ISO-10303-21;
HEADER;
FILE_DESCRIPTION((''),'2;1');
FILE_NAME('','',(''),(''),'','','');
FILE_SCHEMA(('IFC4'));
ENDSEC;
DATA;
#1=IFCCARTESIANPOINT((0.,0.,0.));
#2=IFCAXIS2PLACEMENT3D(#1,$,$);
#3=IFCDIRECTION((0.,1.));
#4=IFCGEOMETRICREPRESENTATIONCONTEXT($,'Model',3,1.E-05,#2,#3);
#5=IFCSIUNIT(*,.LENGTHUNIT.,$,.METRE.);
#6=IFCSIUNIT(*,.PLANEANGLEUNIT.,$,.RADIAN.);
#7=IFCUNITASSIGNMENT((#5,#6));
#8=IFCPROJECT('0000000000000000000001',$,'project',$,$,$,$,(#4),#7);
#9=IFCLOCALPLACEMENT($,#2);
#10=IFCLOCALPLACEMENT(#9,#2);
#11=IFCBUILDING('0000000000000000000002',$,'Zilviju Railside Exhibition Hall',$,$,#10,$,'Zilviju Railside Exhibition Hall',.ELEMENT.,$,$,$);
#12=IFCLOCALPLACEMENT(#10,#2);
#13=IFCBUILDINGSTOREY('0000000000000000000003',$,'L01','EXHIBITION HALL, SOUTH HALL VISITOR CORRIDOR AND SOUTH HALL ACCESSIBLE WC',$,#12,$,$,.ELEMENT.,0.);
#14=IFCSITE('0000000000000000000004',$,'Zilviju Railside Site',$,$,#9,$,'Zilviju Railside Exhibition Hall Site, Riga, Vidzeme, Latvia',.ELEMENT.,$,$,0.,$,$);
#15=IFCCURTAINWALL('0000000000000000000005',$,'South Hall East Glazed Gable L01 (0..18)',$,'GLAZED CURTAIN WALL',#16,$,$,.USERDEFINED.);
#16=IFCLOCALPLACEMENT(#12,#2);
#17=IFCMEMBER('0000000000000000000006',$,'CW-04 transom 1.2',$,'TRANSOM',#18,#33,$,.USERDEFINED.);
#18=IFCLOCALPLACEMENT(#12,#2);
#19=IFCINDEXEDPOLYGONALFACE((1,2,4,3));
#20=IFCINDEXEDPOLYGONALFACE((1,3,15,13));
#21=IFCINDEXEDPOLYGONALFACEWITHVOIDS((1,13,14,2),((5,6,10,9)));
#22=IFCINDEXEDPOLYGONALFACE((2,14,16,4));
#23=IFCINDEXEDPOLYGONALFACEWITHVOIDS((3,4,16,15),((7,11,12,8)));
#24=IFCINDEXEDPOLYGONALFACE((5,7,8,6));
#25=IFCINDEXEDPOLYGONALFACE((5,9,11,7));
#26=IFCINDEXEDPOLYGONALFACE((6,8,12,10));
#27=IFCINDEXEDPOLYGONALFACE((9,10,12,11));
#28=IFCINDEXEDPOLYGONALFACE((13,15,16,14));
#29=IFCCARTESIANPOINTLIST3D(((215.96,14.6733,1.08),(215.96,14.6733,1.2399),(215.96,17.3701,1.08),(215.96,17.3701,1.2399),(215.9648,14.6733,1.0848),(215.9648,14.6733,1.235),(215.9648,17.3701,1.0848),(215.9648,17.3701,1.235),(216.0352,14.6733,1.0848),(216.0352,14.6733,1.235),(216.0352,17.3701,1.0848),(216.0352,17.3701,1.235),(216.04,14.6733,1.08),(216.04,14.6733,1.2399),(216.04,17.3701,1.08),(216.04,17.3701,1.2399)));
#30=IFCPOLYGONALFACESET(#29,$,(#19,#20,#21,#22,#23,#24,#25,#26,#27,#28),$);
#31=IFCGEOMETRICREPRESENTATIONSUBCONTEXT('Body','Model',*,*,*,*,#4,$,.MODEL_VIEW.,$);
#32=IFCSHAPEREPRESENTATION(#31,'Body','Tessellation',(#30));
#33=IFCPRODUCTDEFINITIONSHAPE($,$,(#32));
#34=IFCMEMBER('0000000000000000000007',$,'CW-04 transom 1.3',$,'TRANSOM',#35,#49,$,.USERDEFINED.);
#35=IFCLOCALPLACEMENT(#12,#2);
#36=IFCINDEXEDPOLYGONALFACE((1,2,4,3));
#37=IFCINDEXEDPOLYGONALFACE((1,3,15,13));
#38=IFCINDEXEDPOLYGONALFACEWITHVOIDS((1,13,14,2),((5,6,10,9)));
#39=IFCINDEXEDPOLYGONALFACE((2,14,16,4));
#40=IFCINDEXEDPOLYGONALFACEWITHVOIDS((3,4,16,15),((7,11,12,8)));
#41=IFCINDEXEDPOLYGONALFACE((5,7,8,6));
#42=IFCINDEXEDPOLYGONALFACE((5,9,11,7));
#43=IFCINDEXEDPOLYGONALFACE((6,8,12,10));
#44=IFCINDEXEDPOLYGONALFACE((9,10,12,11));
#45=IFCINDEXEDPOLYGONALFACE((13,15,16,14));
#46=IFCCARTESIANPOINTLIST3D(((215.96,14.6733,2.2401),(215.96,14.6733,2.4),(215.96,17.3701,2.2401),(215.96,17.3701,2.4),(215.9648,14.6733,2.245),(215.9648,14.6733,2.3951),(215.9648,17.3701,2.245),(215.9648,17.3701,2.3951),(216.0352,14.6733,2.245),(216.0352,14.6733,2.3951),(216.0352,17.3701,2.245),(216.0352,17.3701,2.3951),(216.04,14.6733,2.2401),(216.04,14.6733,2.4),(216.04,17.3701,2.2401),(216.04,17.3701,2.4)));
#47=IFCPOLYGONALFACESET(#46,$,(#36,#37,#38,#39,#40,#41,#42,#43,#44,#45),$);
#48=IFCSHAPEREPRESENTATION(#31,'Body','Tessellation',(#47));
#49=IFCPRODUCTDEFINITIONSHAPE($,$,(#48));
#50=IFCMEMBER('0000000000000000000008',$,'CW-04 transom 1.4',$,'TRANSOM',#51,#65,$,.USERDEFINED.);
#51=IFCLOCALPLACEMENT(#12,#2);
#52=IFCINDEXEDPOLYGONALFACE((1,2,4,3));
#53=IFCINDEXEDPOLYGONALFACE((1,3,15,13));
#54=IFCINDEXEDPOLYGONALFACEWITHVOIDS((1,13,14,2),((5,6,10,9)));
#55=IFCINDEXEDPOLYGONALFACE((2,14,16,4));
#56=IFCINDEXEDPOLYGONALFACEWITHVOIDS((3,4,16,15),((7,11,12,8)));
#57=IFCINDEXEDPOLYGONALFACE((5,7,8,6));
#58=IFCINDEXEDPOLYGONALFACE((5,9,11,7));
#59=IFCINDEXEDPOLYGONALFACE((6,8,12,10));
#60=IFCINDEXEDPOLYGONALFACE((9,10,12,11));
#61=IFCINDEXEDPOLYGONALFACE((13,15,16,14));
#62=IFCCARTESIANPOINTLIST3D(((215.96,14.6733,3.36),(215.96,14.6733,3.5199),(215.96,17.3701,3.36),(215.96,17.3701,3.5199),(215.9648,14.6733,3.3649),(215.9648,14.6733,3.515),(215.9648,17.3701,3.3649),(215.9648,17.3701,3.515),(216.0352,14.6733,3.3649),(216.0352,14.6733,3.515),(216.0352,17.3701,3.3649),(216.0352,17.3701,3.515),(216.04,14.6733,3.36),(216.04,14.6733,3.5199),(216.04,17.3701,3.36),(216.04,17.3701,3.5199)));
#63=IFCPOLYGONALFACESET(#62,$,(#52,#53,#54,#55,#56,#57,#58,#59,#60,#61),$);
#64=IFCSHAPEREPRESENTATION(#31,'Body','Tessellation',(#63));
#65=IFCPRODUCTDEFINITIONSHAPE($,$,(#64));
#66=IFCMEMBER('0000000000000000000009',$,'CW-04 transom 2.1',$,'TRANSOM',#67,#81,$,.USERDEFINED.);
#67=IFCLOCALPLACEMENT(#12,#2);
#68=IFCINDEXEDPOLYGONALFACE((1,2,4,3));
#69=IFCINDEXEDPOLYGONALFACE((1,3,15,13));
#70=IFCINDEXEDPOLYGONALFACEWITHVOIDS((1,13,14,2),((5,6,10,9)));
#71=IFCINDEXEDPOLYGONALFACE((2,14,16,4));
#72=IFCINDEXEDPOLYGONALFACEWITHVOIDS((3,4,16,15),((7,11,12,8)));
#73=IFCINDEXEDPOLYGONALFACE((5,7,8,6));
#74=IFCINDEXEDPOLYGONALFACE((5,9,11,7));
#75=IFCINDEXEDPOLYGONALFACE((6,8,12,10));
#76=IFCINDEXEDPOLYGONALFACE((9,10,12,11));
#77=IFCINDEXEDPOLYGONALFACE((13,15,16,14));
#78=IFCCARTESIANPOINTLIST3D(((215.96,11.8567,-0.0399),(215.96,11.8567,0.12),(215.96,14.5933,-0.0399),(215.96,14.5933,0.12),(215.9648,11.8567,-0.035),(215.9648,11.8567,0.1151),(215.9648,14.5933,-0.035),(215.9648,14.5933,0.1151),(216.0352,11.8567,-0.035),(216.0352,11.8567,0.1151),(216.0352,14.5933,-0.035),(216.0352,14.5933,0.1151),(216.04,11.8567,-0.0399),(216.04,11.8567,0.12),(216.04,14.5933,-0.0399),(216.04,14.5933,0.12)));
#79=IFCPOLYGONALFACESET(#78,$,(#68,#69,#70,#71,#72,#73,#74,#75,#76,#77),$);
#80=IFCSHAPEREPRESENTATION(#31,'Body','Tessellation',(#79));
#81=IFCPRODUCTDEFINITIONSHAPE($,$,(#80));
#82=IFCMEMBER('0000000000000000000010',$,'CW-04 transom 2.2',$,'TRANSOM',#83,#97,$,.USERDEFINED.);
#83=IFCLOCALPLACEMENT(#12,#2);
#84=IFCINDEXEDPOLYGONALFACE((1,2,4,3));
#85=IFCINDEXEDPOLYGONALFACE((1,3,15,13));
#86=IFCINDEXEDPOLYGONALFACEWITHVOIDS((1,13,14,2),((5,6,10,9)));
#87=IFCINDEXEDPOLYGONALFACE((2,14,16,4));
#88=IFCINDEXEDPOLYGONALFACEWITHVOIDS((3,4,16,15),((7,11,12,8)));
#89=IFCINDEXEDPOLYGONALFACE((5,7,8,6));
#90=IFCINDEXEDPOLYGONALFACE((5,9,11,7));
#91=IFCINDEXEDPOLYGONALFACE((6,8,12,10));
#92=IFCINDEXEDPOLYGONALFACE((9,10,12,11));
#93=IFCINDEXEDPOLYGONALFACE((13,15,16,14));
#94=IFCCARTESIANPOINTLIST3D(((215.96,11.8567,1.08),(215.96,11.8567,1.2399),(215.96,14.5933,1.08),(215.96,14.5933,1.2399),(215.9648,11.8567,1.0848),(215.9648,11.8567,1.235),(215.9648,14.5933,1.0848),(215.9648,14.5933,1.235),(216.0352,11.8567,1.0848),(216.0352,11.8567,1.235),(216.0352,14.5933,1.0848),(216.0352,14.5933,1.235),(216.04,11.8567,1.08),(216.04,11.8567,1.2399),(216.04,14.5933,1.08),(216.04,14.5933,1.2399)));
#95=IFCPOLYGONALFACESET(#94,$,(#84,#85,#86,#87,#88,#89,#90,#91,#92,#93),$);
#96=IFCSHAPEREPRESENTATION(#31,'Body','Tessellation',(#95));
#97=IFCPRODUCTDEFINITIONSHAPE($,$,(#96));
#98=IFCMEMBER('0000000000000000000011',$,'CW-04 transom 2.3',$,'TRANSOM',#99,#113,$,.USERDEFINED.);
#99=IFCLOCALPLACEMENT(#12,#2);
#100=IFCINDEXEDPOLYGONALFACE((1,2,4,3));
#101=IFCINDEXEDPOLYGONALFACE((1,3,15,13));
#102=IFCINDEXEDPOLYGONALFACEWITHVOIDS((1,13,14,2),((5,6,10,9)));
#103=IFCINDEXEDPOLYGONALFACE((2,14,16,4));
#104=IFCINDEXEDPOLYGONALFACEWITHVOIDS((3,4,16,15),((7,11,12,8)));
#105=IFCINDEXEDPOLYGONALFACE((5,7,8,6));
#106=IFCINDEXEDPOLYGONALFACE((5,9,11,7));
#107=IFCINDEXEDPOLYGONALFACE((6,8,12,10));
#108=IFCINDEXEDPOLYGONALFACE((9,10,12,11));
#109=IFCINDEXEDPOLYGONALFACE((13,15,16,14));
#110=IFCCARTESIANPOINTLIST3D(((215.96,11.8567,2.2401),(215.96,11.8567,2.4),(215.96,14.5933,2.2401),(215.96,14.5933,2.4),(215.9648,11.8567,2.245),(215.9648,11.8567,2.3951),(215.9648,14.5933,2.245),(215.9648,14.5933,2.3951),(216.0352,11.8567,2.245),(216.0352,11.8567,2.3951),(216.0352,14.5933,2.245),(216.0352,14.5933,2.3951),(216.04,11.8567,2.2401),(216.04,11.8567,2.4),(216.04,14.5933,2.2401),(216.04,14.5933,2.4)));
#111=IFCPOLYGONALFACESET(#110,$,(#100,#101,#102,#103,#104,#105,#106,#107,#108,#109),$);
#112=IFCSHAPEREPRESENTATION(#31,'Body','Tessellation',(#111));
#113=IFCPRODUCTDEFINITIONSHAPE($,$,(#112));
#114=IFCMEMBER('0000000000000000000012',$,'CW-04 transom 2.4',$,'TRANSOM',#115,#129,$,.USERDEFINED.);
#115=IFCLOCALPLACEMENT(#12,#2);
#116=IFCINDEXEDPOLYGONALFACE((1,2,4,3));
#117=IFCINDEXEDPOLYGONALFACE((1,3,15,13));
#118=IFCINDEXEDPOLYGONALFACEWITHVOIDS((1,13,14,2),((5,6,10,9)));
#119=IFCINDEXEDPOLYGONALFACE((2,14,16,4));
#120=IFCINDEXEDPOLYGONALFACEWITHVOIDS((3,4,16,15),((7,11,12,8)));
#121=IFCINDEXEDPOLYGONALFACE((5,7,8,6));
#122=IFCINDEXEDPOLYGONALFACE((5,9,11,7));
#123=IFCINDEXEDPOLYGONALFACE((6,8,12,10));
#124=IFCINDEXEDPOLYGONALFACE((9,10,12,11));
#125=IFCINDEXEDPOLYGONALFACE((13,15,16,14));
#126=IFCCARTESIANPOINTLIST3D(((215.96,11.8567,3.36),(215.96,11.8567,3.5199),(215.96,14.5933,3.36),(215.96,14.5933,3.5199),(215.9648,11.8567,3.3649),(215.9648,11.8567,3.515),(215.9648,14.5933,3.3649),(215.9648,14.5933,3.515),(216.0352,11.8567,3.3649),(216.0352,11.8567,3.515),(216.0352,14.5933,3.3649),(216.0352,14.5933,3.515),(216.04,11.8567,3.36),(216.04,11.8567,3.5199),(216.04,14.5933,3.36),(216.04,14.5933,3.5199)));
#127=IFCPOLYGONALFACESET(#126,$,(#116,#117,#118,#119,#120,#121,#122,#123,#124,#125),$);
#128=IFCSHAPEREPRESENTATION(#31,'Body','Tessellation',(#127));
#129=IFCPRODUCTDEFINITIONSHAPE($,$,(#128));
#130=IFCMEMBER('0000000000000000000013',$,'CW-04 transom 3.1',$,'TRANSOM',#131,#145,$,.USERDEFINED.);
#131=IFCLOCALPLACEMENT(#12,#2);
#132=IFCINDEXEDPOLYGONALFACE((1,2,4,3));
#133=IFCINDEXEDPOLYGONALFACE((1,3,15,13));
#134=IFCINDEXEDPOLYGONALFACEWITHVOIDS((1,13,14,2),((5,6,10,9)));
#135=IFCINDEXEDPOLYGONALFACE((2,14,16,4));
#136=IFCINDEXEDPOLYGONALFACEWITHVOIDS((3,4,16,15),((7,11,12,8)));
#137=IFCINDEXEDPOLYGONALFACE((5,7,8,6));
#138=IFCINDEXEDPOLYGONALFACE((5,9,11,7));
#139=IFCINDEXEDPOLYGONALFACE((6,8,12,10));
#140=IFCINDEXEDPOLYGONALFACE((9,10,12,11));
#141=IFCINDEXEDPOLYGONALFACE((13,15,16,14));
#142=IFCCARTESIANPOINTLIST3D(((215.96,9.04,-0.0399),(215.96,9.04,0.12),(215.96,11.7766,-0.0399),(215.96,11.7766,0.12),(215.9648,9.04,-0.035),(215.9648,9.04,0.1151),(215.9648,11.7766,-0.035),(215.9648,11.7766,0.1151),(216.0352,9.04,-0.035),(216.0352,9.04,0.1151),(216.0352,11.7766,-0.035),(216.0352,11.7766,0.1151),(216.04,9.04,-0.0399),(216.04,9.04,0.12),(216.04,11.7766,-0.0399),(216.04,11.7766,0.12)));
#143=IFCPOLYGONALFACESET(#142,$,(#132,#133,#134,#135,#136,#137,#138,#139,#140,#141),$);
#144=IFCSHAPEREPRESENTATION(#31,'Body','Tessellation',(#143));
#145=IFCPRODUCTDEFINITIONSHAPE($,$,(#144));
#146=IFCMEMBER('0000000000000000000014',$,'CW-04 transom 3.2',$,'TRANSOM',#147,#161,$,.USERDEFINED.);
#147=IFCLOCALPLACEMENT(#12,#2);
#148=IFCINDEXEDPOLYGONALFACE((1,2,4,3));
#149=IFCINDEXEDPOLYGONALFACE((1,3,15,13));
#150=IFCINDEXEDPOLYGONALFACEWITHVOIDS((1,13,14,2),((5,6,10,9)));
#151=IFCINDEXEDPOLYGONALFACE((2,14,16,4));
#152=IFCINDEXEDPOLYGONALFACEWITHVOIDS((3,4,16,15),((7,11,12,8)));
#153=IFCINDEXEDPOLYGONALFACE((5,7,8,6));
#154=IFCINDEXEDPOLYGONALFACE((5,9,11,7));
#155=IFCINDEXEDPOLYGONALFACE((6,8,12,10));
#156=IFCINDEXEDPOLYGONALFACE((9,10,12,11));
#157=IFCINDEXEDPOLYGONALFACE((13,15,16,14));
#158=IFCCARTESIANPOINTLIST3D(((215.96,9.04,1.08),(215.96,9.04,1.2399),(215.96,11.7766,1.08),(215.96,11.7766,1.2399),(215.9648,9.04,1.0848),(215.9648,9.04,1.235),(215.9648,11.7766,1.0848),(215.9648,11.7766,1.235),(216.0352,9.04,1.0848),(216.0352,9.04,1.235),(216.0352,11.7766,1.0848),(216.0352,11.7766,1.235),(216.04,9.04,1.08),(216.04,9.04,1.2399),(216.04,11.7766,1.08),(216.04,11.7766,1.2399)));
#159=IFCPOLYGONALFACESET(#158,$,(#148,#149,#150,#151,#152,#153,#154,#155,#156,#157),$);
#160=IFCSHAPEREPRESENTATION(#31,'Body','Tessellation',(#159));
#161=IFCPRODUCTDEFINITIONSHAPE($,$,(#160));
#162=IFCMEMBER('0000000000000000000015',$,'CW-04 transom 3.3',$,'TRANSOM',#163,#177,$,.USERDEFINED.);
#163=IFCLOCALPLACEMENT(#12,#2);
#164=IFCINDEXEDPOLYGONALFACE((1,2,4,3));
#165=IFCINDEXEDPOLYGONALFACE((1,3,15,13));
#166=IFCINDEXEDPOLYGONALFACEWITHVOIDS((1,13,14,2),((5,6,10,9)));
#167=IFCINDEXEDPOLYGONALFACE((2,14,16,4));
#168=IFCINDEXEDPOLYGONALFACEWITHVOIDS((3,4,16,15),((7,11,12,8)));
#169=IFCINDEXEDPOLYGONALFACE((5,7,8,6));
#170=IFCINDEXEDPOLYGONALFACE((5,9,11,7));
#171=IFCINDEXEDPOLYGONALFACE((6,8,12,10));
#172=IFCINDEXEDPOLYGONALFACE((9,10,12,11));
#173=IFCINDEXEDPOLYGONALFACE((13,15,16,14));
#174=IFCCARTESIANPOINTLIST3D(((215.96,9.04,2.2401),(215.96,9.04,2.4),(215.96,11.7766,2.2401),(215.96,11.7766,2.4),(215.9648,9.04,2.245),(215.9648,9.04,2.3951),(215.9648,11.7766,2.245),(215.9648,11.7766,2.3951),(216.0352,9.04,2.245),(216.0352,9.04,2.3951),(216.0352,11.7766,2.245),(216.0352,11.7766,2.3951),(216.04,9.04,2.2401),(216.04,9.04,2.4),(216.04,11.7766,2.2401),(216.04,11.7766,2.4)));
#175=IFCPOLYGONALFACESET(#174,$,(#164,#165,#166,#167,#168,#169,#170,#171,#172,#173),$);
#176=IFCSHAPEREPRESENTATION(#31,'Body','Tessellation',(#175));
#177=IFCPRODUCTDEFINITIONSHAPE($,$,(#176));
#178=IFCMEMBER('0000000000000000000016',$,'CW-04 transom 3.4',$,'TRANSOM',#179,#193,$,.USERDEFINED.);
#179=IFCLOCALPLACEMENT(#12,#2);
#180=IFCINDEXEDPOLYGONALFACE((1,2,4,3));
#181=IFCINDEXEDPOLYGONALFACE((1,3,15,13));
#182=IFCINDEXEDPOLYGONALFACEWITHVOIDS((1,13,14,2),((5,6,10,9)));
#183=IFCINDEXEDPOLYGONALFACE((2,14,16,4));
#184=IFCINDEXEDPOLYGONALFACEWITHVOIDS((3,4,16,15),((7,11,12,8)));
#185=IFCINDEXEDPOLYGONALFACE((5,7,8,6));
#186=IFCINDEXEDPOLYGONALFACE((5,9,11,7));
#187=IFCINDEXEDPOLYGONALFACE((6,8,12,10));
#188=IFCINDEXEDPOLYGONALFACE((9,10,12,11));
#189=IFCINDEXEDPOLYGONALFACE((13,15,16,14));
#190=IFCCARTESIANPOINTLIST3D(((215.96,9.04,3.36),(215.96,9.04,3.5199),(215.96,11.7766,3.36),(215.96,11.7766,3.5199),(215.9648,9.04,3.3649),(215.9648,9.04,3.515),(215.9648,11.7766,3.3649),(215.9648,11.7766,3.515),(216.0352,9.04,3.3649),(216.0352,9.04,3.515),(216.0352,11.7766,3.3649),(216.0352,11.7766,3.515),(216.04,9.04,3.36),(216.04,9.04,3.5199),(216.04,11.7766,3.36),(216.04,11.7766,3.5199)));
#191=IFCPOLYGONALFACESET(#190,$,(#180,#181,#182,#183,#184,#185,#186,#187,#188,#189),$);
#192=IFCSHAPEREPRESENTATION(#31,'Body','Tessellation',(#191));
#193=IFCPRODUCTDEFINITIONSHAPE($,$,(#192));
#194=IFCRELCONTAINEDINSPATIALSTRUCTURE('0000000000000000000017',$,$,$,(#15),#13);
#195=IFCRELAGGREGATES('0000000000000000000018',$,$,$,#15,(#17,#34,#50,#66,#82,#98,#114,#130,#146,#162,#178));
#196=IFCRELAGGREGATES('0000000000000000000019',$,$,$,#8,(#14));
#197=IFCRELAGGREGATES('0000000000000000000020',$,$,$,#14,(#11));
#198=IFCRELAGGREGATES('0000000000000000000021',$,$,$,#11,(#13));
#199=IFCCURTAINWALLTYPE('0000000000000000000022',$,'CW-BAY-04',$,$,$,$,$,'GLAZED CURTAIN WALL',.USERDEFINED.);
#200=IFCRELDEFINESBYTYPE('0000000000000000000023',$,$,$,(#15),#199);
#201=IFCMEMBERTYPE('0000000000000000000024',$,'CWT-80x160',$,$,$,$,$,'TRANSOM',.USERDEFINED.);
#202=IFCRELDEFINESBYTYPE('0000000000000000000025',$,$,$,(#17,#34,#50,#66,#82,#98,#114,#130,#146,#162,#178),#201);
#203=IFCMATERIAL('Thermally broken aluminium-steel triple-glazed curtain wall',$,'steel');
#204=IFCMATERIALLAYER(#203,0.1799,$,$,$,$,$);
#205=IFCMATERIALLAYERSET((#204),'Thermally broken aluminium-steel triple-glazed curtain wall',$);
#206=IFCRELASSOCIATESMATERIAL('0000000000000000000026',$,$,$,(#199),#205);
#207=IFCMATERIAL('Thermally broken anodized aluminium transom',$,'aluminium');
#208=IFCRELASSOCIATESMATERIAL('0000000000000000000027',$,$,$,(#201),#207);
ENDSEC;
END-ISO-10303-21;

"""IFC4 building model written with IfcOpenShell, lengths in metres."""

from ifc_helpers import new_model, si_unit, direction, frame, origin, origin_2d, place, context, subcontext, project, spatial, hollow_rectangle, extrude, material, layer, layer_set, material_profile, profile_set, type_object, element, aggregate, save


model = new_model("IFC4")

# Units and contexts
model_context = context("Model", 3, precision=1e-05, world=origin(), true_north=direction((0.0, 1.0)))
body_context = subcontext(model_context, "Body", "Model", "MODEL_VIEW")
ifc_project = project(units=[si_unit("LENGTHUNIT", "METRE"), si_unit("PLANEANGLEUNIT", "RADIAN")], contexts=[model_context])

# Site, building, storey
site_placement = place(None, origin())
site = spatial("IfcSite", under=ifc_project, at=site_placement, Name="Zilviju Railside Site", LongName="Zilviju Railside Exhibition Hall Site, Riga, Vidzeme, Latvia", CompositionType="ELEMENT", RefElevation=0.0)
building_placement = place(site_placement, origin())
building = spatial("IfcBuilding", under=site, at=building_placement, Name="Zilviju Railside Exhibition Hall", LongName="Zilviju Railside Exhibition Hall", CompositionType="ELEMENT")
storey_placement = place(building_placement, origin())
storey = spatial("IfcBuildingStorey", under=building, at=storey_placement, Name="L01", Description="EXHIBITION HALL, SOUTH HALL VISITOR CORRIDOR AND SOUTH HALL ACCESSIBLE WC", CompositionType="ELEMENT", Elevation=0.0)

# Curtain wall, members
ifc_material_1 = material(Name="Thermally broken aluminium-steel triple-glazed curtain wall", Category="steel")
ifc_layer_1 = layer(ifc_material_1, 0.1799)
ifc_layer_set_1 = layer_set([ifc_layer_1], Name="Thermally broken aluminium-steel triple-glazed curtain wall")
curtain_wall_type = type_object("IfcCurtainWallType", Name="CW-BAY-04", ElementType="GLAZED CURTAIN WALL", PredefinedType="USERDEFINED", material=ifc_layer_set_1)
curtain_wall_placement = place(storey_placement, origin())
curtain_wall = element("IfcCurtainWall", 1, at=curtain_wall_placement, inside=storey, type_object=curtain_wall_type, Name="South Hall East Glazed Gable L01 (0..18)", ObjectType="GLAZED CURTAIN WALL", PredefinedType="USERDEFINED")
ifc_material_2 = material(Name="Thermally broken anodized aluminium transom", Category="aluminium")
ifc_material_profile_1 = material_profile(ifc_material_2, hollow_rectangle(XDim=0.0801, YDim=0.1599, WallThickness=0.0049, at=origin_2d()), Name="TRANSOM 160x80x5")
ifc_profile_set_1 = profile_set([ifc_material_profile_1], Name="Thermally broken anodized aluminium transom")
member_type_1 = type_object("IfcMemberType", Name="CWT-80x160", ElementType="TRANSOM", PredefinedType="USERDEFINED", material=ifc_profile_set_1)
member_1_placement = place(storey_placement, frame((216.0, 17.3701, 1.1599), z_axis=(0.0, -1.0, 0.0), x_axis=(1.0, 0.0, 0.0)))
member_1 = element("IfcMember", 2, at=member_1_placement, type_object=member_type_1, Name="CW-04 transom 1.2", ObjectType="TRANSOM", PredefinedType="USERDEFINED", context=body_context, shape_type="SweptSolid", body=[
    extrude(hollow_rectangle(XDim=0.0801, YDim=0.1599, WallThickness=0.0049, at=origin_2d()), origin(), (0.0, 0.0, 1.0), 2.6968),
])
member_2_placement = place(storey_placement, frame((216.0, 17.3701, 2.3201), z_axis=(0.0, -1.0, 0.0), x_axis=(1.0, 0.0, 0.0)))
member_2 = element("IfcMember", 3, at=member_2_placement, type_object=member_type_1, Name="CW-04 transom 1.3", ObjectType="TRANSOM", PredefinedType="USERDEFINED", context=body_context, shape_type="SweptSolid", body=[
    extrude(hollow_rectangle(XDim=0.0801, YDim=0.1599, WallThickness=0.0049, at=origin_2d()), origin(), (0.0, 0.0, 1.0), 2.6968),
])
member_3_placement = place(storey_placement, frame((216.0, 17.3701, 3.4399), z_axis=(0.0, -1.0, 0.0), x_axis=(1.0, 0.0, 0.0)))
member_3 = element("IfcMember", 4, at=member_3_placement, type_object=member_type_1, Name="CW-04 transom 1.4", ObjectType="TRANSOM", PredefinedType="USERDEFINED", context=body_context, shape_type="SweptSolid", body=[
    extrude(hollow_rectangle(XDim=0.0801, YDim=0.1599, WallThickness=0.0049, at=origin_2d()), origin(), (0.0, 0.0, 1.0), 2.6968),
])
member_4_placement = place(storey_placement, frame((216.0, 14.5933, 0.04), z_axis=(0.0, -1.0, 0.0), x_axis=(1.0, 0.0, 0.0)))
member_4 = element("IfcMember", 5, at=member_4_placement, type_object=member_type_1, Name="CW-04 transom 2.1", ObjectType="TRANSOM", PredefinedType="USERDEFINED", context=body_context, shape_type="SweptSolid", body=[
    extrude(hollow_rectangle(XDim=0.0801, YDim=0.1599, WallThickness=0.0049, at=origin_2d()), origin(), (0.0, 0.0, 1.0), 2.7366),
])
member_5_placement = place(storey_placement, frame((216.0, 14.5933, 1.1599), z_axis=(0.0, -1.0, 0.0), x_axis=(1.0, 0.0, 0.0)))
member_5 = element("IfcMember", 6, at=member_5_placement, type_object=member_type_1, Name="CW-04 transom 2.2", ObjectType="TRANSOM", PredefinedType="USERDEFINED", context=body_context, shape_type="SweptSolid", body=[
    extrude(hollow_rectangle(XDim=0.0801, YDim=0.1599, WallThickness=0.0049, at=origin_2d()), origin(), (0.0, 0.0, 1.0), 2.7366),
])
member_6_placement = place(storey_placement, frame((216.0, 14.5933, 2.3201), z_axis=(0.0, -1.0, 0.0), x_axis=(1.0, 0.0, 0.0)))
member_6 = element("IfcMember", 7, at=member_6_placement, type_object=member_type_1, Name="CW-04 transom 2.3", ObjectType="TRANSOM", PredefinedType="USERDEFINED", context=body_context, shape_type="SweptSolid", body=[
    extrude(hollow_rectangle(XDim=0.0801, YDim=0.1599, WallThickness=0.0049, at=origin_2d()), origin(), (0.0, 0.0, 1.0), 2.7366),
])
member_7_placement = place(storey_placement, frame((216.0, 14.5933, 3.4399), z_axis=(0.0, -1.0, 0.0), x_axis=(1.0, 0.0, 0.0)))
member_7 = element("IfcMember", 8, at=member_7_placement, type_object=member_type_1, Name="CW-04 transom 2.4", ObjectType="TRANSOM", PredefinedType="USERDEFINED", context=body_context, shape_type="SweptSolid", body=[
    extrude(hollow_rectangle(XDim=0.0801, YDim=0.1599, WallThickness=0.0049, at=origin_2d()), origin(), (0.0, 0.0, 1.0), 2.7366),
])
member_8_placement = place(storey_placement, frame((216.0, 11.7766, 0.04), z_axis=(0.0, -1.0, 0.0), x_axis=(1.0, 0.0, 0.0)))
member_8 = element("IfcMember", 9, at=member_8_placement, type_object=member_type_1, Name="CW-04 transom 3.1", ObjectType="TRANSOM", PredefinedType="USERDEFINED", context=body_context, shape_type="SweptSolid", body=[
    extrude(hollow_rectangle(XDim=0.0801, YDim=0.1599, WallThickness=0.0049, at=origin_2d()), origin(), (0.0, 0.0, 1.0), 2.7366),
])
member_9_placement = place(storey_placement, frame((216.0, 11.7766, 1.1599), z_axis=(0.0, -1.0, 0.0), x_axis=(1.0, 0.0, 0.0)))
member_9 = element("IfcMember", 10, at=member_9_placement, type_object=member_type_1, Name="CW-04 transom 3.2", ObjectType="TRANSOM", PredefinedType="USERDEFINED", context=body_context, shape_type="SweptSolid", body=[
    extrude(hollow_rectangle(XDim=0.0801, YDim=0.1599, WallThickness=0.0049, at=origin_2d()), origin(), (0.0, 0.0, 1.0), 2.7366),
])
member_10_placement = place(storey_placement, frame((216.0, 11.7766, 2.3201), z_axis=(0.0, -1.0, 0.0), x_axis=(1.0, 0.0, 0.0)))
member_10 = element("IfcMember", 11, at=member_10_placement, type_object=member_type_1, Name="CW-04 transom 3.3", ObjectType="TRANSOM", PredefinedType="USERDEFINED", context=body_context, shape_type="SweptSolid", body=[
    extrude(hollow_rectangle(XDim=0.0801, YDim=0.1599, WallThickness=0.0049, at=origin_2d()), origin(), (0.0, 0.0, 1.0), 2.7366),
])
member_11_placement = place(storey_placement, frame((216.0, 11.7766, 3.4399), z_axis=(0.0, -1.0, 0.0), x_axis=(1.0, 0.0, 0.0)))
member_11 = element("IfcMember", 12, at=member_11_placement, type_object=member_type_1, Name="CW-04 transom 3.4", ObjectType="TRANSOM", PredefinedType="USERDEFINED", context=body_context, shape_type="SweptSolid", body=[
    extrude(hollow_rectangle(XDim=0.0801, YDim=0.1599, WallThickness=0.0049, at=origin_2d()), origin(), (0.0, 0.0, 1.0), 2.7366),
])
aggregate(curtain_wall, [member_1, member_2, member_3, member_4, member_5, member_6, member_7, member_8, member_9, member_10, member_11])

save(model, "model.ifc")
